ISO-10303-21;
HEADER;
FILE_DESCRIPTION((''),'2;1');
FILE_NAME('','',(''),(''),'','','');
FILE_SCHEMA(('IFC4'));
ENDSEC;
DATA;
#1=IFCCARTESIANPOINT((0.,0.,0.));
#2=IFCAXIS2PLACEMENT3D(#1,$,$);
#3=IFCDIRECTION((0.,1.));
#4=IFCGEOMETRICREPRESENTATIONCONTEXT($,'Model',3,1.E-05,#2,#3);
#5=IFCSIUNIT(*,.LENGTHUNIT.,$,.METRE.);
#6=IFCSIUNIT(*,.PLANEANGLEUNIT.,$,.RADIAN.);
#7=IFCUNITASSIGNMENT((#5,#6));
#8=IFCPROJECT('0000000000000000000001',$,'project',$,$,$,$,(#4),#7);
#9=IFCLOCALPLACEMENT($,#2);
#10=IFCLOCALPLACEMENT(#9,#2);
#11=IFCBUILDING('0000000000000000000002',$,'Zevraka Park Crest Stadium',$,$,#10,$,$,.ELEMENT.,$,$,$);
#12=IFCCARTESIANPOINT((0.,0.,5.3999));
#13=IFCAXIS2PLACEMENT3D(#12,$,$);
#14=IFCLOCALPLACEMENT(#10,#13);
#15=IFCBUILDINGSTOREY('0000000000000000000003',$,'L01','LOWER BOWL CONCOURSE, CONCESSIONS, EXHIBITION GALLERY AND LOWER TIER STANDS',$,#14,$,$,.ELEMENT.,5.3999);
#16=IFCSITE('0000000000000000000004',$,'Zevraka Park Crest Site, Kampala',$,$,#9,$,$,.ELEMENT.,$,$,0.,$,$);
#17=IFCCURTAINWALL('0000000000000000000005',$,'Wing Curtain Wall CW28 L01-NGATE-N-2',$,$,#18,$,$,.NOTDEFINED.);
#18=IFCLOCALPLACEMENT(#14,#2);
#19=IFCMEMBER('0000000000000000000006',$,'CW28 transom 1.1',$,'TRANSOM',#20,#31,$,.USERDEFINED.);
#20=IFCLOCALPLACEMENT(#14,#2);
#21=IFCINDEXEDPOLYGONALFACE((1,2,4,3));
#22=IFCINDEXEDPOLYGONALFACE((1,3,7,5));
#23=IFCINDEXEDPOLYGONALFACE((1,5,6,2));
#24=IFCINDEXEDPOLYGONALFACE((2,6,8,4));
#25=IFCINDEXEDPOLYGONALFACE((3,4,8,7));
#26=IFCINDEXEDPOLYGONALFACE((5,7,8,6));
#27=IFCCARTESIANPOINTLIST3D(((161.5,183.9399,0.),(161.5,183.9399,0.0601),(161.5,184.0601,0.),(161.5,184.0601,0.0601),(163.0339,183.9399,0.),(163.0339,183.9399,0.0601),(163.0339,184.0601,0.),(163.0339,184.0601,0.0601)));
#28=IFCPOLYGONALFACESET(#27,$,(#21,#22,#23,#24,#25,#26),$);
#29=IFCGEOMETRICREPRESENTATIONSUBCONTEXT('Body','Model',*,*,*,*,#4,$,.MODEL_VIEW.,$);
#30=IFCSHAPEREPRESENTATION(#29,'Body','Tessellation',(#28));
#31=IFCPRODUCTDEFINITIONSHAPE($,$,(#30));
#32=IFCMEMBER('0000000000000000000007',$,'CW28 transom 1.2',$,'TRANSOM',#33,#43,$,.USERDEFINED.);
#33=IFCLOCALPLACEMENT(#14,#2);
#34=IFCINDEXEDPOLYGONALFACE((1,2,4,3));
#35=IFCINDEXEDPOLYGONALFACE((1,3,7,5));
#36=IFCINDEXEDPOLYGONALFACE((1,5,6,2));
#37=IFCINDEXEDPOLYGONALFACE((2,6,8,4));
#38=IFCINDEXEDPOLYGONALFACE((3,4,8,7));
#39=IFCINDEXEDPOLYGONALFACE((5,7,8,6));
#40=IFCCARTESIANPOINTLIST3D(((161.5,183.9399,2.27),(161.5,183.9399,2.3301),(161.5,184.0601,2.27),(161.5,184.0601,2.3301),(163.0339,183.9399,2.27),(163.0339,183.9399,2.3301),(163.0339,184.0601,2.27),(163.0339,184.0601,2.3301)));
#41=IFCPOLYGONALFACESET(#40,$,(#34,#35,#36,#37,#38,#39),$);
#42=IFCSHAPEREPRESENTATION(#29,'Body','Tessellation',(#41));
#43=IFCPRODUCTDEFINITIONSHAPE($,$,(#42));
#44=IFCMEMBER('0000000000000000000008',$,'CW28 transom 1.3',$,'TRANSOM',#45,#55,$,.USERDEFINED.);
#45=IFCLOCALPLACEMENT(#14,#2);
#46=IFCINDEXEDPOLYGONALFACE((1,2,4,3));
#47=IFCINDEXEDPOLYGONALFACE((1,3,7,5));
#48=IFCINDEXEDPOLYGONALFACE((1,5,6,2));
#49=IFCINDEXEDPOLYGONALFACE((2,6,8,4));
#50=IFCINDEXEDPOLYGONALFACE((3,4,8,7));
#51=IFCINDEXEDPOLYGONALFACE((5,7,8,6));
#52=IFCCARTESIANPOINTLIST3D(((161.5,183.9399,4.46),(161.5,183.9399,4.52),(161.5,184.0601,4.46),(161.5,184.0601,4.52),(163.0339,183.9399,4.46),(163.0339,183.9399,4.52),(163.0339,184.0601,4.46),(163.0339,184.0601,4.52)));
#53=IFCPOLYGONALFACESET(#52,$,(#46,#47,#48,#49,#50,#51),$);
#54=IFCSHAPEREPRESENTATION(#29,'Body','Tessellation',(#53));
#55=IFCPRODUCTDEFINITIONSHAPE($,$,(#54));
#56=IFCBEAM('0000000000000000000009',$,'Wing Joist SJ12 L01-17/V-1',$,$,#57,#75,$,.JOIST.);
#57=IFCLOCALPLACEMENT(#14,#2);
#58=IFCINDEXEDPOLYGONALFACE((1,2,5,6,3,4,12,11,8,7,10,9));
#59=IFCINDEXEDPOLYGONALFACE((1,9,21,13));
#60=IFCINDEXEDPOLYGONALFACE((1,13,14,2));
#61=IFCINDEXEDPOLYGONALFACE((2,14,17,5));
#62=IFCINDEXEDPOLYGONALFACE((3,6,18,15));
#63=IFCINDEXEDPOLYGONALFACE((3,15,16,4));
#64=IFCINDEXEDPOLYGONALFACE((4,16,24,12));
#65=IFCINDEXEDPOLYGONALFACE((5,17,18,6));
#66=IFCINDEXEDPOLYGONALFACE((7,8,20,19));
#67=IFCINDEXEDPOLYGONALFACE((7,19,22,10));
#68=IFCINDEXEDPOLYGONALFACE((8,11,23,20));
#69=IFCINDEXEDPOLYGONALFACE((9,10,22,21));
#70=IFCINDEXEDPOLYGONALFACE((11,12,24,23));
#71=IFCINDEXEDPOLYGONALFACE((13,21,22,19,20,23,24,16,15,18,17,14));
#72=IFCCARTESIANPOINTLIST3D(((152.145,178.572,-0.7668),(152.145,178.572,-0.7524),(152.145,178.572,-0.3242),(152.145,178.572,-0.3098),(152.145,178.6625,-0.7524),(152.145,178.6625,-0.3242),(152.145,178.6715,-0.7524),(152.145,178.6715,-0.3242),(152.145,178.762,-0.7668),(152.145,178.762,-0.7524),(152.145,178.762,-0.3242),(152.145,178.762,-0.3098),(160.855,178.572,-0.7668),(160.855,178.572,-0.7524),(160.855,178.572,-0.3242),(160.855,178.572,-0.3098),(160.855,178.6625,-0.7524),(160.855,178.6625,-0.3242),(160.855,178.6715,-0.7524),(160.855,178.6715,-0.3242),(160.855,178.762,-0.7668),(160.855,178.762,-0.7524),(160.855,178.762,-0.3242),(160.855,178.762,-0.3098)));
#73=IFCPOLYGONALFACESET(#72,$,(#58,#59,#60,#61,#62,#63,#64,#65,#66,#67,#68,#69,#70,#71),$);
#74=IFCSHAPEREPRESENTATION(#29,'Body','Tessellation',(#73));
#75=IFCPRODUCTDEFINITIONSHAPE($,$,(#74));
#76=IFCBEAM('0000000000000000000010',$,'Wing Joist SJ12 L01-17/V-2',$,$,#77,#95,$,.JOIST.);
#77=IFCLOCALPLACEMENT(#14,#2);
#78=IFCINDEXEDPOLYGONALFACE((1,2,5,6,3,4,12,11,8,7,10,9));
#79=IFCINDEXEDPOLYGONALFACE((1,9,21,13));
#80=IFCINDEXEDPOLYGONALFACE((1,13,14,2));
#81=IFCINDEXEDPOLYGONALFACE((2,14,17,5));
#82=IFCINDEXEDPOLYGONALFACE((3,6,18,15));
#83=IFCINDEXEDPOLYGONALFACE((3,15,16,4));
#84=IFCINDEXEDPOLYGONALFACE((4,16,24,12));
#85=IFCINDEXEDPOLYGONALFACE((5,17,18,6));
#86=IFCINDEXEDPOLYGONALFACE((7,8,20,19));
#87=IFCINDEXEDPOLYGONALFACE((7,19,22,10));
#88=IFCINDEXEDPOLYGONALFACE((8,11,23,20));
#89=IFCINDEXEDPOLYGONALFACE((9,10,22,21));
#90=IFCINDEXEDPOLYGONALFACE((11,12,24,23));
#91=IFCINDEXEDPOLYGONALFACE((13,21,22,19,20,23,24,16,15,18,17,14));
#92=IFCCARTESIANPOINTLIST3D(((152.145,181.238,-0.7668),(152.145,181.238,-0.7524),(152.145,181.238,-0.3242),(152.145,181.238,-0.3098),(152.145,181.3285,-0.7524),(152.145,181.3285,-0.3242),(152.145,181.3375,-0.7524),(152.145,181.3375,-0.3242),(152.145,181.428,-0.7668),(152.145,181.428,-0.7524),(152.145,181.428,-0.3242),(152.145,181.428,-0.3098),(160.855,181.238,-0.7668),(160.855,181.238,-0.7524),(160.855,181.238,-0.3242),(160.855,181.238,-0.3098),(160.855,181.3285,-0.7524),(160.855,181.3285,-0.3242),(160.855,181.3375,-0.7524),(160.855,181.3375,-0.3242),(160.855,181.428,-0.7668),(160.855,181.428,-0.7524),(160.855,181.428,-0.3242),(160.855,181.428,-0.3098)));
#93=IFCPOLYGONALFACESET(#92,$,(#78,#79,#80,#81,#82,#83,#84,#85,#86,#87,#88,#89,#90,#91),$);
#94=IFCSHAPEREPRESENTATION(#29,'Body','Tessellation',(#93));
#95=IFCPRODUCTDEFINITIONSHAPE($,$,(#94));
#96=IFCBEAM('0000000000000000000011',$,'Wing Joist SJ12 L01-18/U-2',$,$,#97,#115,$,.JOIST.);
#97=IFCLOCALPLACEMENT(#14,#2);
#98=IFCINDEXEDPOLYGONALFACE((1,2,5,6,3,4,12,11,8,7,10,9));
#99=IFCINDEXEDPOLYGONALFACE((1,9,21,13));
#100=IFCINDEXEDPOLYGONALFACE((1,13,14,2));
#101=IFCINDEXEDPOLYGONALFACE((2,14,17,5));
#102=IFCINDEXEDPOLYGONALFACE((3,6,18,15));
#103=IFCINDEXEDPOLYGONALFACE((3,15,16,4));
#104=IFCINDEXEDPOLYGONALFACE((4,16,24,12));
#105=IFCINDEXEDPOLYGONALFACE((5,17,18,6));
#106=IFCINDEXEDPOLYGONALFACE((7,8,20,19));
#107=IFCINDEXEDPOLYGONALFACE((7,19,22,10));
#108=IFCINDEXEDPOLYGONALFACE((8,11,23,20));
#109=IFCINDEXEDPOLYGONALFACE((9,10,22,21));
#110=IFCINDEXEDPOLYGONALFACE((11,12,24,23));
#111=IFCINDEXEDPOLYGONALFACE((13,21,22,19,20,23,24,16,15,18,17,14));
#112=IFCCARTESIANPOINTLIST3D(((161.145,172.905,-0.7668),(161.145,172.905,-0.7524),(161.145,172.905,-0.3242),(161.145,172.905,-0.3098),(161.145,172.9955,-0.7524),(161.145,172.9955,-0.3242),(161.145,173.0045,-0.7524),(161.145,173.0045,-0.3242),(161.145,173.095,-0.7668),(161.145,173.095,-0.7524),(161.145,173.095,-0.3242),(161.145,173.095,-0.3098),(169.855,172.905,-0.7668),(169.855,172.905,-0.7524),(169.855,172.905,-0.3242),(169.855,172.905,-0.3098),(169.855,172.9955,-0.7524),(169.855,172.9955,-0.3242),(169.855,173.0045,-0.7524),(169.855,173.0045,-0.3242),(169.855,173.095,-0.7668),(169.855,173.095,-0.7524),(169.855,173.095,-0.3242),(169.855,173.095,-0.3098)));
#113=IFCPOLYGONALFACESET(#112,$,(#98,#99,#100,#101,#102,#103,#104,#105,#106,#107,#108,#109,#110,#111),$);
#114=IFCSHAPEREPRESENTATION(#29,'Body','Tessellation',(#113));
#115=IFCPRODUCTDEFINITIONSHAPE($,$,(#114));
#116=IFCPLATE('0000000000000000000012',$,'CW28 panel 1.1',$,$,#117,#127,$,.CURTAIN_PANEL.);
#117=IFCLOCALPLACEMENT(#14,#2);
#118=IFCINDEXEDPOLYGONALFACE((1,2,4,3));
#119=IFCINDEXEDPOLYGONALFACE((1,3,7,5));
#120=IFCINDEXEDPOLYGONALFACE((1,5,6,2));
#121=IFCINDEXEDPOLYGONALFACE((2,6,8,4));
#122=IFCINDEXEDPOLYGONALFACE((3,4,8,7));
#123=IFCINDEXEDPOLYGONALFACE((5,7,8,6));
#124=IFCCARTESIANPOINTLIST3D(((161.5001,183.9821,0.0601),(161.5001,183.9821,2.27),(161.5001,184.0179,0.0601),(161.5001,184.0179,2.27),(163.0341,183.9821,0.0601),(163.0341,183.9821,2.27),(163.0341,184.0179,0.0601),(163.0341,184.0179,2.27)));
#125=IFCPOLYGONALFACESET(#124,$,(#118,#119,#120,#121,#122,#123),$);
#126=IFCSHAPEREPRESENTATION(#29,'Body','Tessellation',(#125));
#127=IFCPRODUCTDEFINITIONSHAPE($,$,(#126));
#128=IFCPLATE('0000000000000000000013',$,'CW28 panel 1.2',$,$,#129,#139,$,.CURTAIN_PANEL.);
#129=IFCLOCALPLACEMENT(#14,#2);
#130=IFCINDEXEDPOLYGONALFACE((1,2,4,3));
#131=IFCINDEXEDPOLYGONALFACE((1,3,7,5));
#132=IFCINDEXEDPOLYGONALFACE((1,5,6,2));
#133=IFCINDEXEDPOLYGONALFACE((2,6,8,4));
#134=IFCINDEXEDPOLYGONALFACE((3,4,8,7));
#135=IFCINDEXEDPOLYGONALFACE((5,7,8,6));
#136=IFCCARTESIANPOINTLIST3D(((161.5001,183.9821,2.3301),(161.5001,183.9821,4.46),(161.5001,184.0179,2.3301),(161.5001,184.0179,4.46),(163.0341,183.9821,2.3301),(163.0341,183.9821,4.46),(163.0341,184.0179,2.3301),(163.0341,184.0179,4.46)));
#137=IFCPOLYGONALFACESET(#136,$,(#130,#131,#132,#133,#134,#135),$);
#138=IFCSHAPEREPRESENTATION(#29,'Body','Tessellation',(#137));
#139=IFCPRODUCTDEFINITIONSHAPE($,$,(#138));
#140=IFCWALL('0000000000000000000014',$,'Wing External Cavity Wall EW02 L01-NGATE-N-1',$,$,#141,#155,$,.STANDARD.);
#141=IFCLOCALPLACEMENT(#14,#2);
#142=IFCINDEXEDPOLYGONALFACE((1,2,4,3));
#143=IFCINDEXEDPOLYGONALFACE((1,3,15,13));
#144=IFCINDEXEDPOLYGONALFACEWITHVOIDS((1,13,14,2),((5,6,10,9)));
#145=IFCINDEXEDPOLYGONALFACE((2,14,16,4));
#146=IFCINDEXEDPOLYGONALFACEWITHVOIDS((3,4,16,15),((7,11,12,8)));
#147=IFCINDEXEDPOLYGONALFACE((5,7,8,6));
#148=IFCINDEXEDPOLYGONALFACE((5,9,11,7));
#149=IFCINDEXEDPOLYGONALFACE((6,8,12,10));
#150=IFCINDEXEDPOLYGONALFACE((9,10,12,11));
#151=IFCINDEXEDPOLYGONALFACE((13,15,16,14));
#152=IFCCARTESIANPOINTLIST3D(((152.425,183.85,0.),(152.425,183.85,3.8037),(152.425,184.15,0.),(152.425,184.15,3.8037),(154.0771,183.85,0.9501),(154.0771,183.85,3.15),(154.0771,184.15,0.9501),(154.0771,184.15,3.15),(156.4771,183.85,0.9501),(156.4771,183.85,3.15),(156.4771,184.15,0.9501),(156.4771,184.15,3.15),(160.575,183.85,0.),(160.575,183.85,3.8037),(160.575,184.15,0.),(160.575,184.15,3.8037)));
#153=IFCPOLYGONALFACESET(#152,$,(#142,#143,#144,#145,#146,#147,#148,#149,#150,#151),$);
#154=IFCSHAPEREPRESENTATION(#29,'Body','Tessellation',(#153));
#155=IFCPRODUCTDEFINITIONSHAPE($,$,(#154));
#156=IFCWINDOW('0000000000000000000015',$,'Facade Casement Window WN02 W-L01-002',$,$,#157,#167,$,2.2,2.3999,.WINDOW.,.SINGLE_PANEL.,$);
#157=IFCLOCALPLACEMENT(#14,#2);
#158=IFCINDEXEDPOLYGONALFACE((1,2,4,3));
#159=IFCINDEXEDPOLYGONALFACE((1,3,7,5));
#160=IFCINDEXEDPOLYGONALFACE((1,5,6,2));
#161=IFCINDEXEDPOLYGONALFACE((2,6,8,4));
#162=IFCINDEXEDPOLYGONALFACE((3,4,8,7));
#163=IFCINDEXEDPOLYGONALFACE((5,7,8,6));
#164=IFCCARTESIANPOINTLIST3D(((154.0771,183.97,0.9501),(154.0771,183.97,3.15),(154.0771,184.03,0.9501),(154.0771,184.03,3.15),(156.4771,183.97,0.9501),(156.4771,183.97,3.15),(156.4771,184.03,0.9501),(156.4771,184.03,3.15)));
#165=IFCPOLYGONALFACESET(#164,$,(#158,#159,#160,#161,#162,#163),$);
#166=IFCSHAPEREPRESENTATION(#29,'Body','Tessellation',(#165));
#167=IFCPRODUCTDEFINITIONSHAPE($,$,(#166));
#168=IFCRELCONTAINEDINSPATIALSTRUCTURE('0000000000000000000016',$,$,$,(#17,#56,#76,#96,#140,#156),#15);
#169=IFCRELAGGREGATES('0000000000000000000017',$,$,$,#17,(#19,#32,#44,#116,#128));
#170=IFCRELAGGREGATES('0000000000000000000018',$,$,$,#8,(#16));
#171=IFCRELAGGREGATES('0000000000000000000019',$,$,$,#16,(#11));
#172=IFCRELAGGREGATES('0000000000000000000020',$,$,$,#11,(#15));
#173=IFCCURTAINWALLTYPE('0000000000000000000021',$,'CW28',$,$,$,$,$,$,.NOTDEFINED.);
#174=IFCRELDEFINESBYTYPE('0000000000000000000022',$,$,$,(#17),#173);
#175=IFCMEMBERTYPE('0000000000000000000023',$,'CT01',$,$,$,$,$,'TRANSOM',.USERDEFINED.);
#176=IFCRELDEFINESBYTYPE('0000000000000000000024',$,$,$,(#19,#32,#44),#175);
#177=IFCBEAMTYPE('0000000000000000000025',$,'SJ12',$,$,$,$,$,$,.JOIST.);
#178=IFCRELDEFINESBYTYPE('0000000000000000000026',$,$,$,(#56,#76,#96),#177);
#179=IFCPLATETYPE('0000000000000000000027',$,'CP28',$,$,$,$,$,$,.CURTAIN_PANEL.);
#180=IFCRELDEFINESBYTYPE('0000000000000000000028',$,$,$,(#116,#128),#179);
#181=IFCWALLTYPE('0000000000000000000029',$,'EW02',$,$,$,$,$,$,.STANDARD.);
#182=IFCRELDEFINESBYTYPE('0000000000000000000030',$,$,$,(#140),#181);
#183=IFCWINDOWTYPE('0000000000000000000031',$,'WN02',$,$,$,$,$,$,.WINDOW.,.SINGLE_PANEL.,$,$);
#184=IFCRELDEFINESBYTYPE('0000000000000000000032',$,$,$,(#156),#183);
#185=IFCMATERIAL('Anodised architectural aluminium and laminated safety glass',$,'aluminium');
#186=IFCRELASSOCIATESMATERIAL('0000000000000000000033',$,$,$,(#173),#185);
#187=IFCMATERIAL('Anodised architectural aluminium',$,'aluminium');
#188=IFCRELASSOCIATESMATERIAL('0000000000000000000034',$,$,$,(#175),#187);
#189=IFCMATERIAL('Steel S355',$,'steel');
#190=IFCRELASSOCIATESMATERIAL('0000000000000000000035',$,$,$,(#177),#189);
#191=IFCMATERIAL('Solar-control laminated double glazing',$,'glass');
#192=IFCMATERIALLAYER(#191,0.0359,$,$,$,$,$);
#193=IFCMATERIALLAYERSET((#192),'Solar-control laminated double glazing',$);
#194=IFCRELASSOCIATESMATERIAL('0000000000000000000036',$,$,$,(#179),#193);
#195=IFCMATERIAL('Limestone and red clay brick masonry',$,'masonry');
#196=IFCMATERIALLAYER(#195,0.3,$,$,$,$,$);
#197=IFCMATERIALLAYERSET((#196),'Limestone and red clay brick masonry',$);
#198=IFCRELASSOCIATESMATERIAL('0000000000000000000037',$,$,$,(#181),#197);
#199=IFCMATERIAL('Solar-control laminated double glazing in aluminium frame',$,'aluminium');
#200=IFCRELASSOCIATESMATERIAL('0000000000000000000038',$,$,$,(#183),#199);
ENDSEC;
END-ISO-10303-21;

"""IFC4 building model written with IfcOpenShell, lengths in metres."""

from ifc_helpers import new_model, si_unit, direction, frame, frame_2d, origin, origin_2d, place, context, subcontext, project, spatial, rectangle, i_section, extrude, material, layer, layer_set, material_profile, profile_set, type_object, element, fill, aggregate, save


model = new_model("IFC4")

# Units and contexts
model_context = context("Model", 3, precision=1e-05, world=origin(), true_north=direction((0.0, 1.0)))
body_context = subcontext(model_context, "Body", "Model", "MODEL_VIEW")
ifc_project = project(units=[si_unit("LENGTHUNIT", "METRE"), si_unit("PLANEANGLEUNIT", "RADIAN")], contexts=[model_context])

# Site, building, storey
site_placement = place(None, origin())
site = spatial("IfcSite", under=ifc_project, at=site_placement, Name="Zevraka Park Crest Site, Kampala", CompositionType="ELEMENT", RefElevation=0.0)
building_placement = place(site_placement, origin())
building = spatial("IfcBuilding", under=site, at=building_placement, Name="Zevraka Park Crest Stadium", CompositionType="ELEMENT")
storey_placement = place(building_placement, frame((0.0, 0.0, 5.3999)))
storey = spatial("IfcBuildingStorey", under=building, at=storey_placement, Name="L01", Description="LOWER BOWL CONCOURSE, CONCESSIONS, EXHIBITION GALLERY AND LOWER TIER STANDS", CompositionType="ELEMENT", Elevation=5.3999)

# Curtain wall, members
ifc_material_1 = material(Name="Anodised architectural aluminium and laminated safety glass", Category="aluminium")
curtain_wall_type = type_object("IfcCurtainWallType", Name="CW28", PredefinedType="NOTDEFINED", material=ifc_material_1)
curtain_wall_placement = place(storey_placement, origin())
curtain_wall = element("IfcCurtainWall", 1, at=curtain_wall_placement, inside=storey, type_object=curtain_wall_type, Name="Wing Curtain Wall CW28 L01-NGATE-N-2", PredefinedType="NOTDEFINED")
ifc_material_2 = material(Name="Anodised architectural aluminium", Category="aluminium")
ifc_material_profile_1 = material_profile(ifc_material_2, rectangle(XDim=0.1201, YDim=0.0601, at=origin_2d()), Name="ALU TRANSOM 120x60")
ifc_profile_set_1 = profile_set([ifc_material_profile_1], Name="Anodised architectural aluminium")
member_type_1 = type_object("IfcMemberType", Name="CT01", ElementType="TRANSOM", PredefinedType="USERDEFINED", material=ifc_profile_set_1)
member_1_placement = place(storey_placement, frame((161.5, 184.0, 0.03), z_axis=(1.0, 0.0, 0.0), x_axis=(0.0, 1.0, 0.0)))
member_1 = element("IfcMember", 2, at=member_1_placement, type_object=member_type_1, Name="CW28 transom 1.1", ObjectType="TRANSOM", PredefinedType="USERDEFINED", context=body_context, shape_type="SweptSolid", body=[
    extrude(rectangle(XDim=0.1201, YDim=0.0601, at=origin_2d()), origin(), (0.0, 0.0, 1.0), 1.5339),
])
member_2_placement = place(storey_placement, frame((161.5, 184.0, 2.3), z_axis=(1.0, 0.0, 0.0), x_axis=(0.0, 1.0, 0.0)))
member_2 = element("IfcMember", 3, at=member_2_placement, type_object=member_type_1, Name="CW28 transom 1.2", ObjectType="TRANSOM", PredefinedType="USERDEFINED", context=body_context, shape_type="SweptSolid", body=[
    extrude(rectangle(XDim=0.1201, YDim=0.0601, at=origin_2d()), origin(), (0.0, 0.0, 1.0), 1.5339),
])
member_3_placement = place(storey_placement, frame((161.5, 184.0, 4.49), z_axis=(1.0, 0.0, 0.0), x_axis=(0.0, 1.0, 0.0)))
member_3 = element("IfcMember", 4, at=member_3_placement, type_object=member_type_1, Name="CW28 transom 1.3", ObjectType="TRANSOM", PredefinedType="USERDEFINED", context=body_context, shape_type="SweptSolid", body=[
    extrude(rectangle(XDim=0.1201, YDim=0.0601, at=origin_2d()), origin(), (0.0, 0.0, 1.0), 1.5339),
])

# Beams
ifc_material_3 = material(Name="Steel S355", Category="steel")
ifc_material_profile_2 = material_profile(ifc_material_3, i_section(OverallWidth=0.1899, OverallDepth=0.457, WebThickness=0.009, FlangeThickness=0.0144, at=origin_2d()), Name="UKB 457x191x74")
ifc_profile_set_2 = profile_set([ifc_material_profile_2], Name="Steel S355")
beam_type_1 = type_object("IfcBeamType", Name="SJ12", PredefinedType="JOIST", material=ifc_profile_set_2)
for number, where, z_axis, x_axis, name in (
    (5, (152.145, 178.667, -0.5383), (1.0, 0.0, 0.0), (0.0, 1.0, 0.0), "Wing Joist SJ12 L01-17/V-1"),
    (6, (152.145, 181.333, -0.5383), (1.0, 0.0, 0.0), (0.0, 1.0, 0.0), "Wing Joist SJ12 L01-17/V-2"),
    (7, (161.145, 173.0, -0.5383), (1.0, 0.0, 0.0), (0.0, 1.0, 0.0), "Wing Joist SJ12 L01-18/U-2"),
):
    element("IfcBeam", number, at=place(storey_placement, frame(where, z_axis=z_axis, x_axis=x_axis)), inside=storey, type_object=beam_type_1, Name=name, PredefinedType="JOIST", context=body_context, shape_type="SweptSolid", body=[
        extrude(i_section(OverallWidth=0.1899, OverallDepth=0.457, WebThickness=0.009, FlangeThickness=0.0144, at=origin_2d()), origin(), (0.0, 0.0, 1.0), 8.71),
    ])

# Plates
ifc_material_4 = material(Name="Solar-control laminated double glazing", Category="glass")
ifc_layer_1 = layer(ifc_material_4, 0.0359)
ifc_layer_set_1 = layer_set([ifc_layer_1], Name="Solar-control laminated double glazing")
plate_type = type_object("IfcPlateType", Name="CP28", PredefinedType="CURTAIN_PANEL", material=ifc_layer_set_1)
plate_1_placement = place(storey_placement, frame((162.2671, 184.0, 0.0601), z_axis=(0.0, 0.0, 1.0), x_axis=(1.0, 0.0, 0.0)))
plate_1 = element("IfcPlate", 8, at=plate_1_placement, type_object=plate_type, Name="CW28 panel 1.1", PredefinedType="CURTAIN_PANEL", context=body_context, shape_type="SweptSolid", body=[
    extrude(rectangle(XDim=1.5339, YDim=0.0359, at=origin_2d()), origin(), (0.0, 0.0, 1.0), 2.21),
])
plate_2_placement = place(storey_placement, frame((162.2671, 184.0, 2.3301), z_axis=(0.0, 0.0, 1.0), x_axis=(1.0, 0.0, 0.0)))
plate_2 = element("IfcPlate", 9, at=plate_2_placement, type_object=plate_type, Name="CW28 panel 1.2", PredefinedType="CURTAIN_PANEL", context=body_context, shape_type="SweptSolid", body=[
    extrude(rectangle(XDim=1.5339, YDim=0.0359, at=origin_2d()), origin(), (0.0, 0.0, 1.0), 2.1299),
])
aggregate(curtain_wall, [member_1, member_2, member_3, plate_1, plate_2])

# Wall, opening, window
ifc_material_5 = material(Name="Limestone and red clay brick masonry", Category="masonry")
ifc_layer_2 = layer(ifc_material_5, 0.3)
ifc_layer_set_2 = layer_set([ifc_layer_2], Name="Limestone and red clay brick masonry")
wall_type = type_object("IfcWallType", Name="EW02", PredefinedType="STANDARD", material=ifc_layer_set_2)
wall_placement = place(storey_placement, frame((152.425, 184.0, 0.0), z_axis=(0.0, 0.0, 1.0), x_axis=(1.0, 0.0, 0.0)))
wall = element("IfcWall", 10, at=wall_placement, inside=storey, type_object=wall_type, Name="Wing External Cavity Wall EW02 L01-NGATE-N-1", PredefinedType="STANDARD", context=body_context, shape_type="SweptSolid", body=[
    extrude(rectangle(XDim=8.1499, YDim=0.3, at=frame_2d((4.075, 0.0))), origin(), (0.0, 0.0, 1.0), 3.8037),
])
opening_placement = place(wall_placement, frame((1.6521, 0.0, 0.95)))
opening = element("IfcOpeningElement", 11, at=opening_placement, cuts=wall, PredefinedType="OPENING", context=body_context, shape_type="SweptSolid", body=[
    extrude(rectangle(XDim=2.3999, YDim=2.2, at=frame_2d((1.2, 1.1001))), frame((0.0, 0.1599, 0.0), z_axis=(0.0, -1.0, 0.0), x_axis=(1.0, 0.0, 0.0)), (0.0, 0.0, 1.0), 0.3201),
])
ifc_material_6 = material(Name="Solar-control laminated double glazing in aluminium frame", Category="aluminium")
window_type = type_object("IfcWindowType", Name="WN02", PartitioningType="SINGLE_PANEL", PredefinedType="WINDOW", material=ifc_material_6)
window_placement = place(opening_placement, origin())
window = element("IfcWindow", 12, at=window_placement, inside=storey, type_object=window_type, Name="Facade Casement Window WN02 W-L01-002", OverallHeight=2.2, OverallWidth=2.3999, PartitioningType="SINGLE_PANEL", PredefinedType="WINDOW", context=body_context, shape_type="SweptSolid", body=[
    extrude(rectangle(XDim=2.3999, YDim=2.2, at=frame_2d((1.2, 1.1001))), frame((0.0, 0.03, 0.0), z_axis=(0.0, -1.0, 0.0), x_axis=(1.0, 0.0, 0.0)), (0.0, 0.0, 1.0), 0.0601),
])
fill(opening, window)

save(model, "model.ifc")
